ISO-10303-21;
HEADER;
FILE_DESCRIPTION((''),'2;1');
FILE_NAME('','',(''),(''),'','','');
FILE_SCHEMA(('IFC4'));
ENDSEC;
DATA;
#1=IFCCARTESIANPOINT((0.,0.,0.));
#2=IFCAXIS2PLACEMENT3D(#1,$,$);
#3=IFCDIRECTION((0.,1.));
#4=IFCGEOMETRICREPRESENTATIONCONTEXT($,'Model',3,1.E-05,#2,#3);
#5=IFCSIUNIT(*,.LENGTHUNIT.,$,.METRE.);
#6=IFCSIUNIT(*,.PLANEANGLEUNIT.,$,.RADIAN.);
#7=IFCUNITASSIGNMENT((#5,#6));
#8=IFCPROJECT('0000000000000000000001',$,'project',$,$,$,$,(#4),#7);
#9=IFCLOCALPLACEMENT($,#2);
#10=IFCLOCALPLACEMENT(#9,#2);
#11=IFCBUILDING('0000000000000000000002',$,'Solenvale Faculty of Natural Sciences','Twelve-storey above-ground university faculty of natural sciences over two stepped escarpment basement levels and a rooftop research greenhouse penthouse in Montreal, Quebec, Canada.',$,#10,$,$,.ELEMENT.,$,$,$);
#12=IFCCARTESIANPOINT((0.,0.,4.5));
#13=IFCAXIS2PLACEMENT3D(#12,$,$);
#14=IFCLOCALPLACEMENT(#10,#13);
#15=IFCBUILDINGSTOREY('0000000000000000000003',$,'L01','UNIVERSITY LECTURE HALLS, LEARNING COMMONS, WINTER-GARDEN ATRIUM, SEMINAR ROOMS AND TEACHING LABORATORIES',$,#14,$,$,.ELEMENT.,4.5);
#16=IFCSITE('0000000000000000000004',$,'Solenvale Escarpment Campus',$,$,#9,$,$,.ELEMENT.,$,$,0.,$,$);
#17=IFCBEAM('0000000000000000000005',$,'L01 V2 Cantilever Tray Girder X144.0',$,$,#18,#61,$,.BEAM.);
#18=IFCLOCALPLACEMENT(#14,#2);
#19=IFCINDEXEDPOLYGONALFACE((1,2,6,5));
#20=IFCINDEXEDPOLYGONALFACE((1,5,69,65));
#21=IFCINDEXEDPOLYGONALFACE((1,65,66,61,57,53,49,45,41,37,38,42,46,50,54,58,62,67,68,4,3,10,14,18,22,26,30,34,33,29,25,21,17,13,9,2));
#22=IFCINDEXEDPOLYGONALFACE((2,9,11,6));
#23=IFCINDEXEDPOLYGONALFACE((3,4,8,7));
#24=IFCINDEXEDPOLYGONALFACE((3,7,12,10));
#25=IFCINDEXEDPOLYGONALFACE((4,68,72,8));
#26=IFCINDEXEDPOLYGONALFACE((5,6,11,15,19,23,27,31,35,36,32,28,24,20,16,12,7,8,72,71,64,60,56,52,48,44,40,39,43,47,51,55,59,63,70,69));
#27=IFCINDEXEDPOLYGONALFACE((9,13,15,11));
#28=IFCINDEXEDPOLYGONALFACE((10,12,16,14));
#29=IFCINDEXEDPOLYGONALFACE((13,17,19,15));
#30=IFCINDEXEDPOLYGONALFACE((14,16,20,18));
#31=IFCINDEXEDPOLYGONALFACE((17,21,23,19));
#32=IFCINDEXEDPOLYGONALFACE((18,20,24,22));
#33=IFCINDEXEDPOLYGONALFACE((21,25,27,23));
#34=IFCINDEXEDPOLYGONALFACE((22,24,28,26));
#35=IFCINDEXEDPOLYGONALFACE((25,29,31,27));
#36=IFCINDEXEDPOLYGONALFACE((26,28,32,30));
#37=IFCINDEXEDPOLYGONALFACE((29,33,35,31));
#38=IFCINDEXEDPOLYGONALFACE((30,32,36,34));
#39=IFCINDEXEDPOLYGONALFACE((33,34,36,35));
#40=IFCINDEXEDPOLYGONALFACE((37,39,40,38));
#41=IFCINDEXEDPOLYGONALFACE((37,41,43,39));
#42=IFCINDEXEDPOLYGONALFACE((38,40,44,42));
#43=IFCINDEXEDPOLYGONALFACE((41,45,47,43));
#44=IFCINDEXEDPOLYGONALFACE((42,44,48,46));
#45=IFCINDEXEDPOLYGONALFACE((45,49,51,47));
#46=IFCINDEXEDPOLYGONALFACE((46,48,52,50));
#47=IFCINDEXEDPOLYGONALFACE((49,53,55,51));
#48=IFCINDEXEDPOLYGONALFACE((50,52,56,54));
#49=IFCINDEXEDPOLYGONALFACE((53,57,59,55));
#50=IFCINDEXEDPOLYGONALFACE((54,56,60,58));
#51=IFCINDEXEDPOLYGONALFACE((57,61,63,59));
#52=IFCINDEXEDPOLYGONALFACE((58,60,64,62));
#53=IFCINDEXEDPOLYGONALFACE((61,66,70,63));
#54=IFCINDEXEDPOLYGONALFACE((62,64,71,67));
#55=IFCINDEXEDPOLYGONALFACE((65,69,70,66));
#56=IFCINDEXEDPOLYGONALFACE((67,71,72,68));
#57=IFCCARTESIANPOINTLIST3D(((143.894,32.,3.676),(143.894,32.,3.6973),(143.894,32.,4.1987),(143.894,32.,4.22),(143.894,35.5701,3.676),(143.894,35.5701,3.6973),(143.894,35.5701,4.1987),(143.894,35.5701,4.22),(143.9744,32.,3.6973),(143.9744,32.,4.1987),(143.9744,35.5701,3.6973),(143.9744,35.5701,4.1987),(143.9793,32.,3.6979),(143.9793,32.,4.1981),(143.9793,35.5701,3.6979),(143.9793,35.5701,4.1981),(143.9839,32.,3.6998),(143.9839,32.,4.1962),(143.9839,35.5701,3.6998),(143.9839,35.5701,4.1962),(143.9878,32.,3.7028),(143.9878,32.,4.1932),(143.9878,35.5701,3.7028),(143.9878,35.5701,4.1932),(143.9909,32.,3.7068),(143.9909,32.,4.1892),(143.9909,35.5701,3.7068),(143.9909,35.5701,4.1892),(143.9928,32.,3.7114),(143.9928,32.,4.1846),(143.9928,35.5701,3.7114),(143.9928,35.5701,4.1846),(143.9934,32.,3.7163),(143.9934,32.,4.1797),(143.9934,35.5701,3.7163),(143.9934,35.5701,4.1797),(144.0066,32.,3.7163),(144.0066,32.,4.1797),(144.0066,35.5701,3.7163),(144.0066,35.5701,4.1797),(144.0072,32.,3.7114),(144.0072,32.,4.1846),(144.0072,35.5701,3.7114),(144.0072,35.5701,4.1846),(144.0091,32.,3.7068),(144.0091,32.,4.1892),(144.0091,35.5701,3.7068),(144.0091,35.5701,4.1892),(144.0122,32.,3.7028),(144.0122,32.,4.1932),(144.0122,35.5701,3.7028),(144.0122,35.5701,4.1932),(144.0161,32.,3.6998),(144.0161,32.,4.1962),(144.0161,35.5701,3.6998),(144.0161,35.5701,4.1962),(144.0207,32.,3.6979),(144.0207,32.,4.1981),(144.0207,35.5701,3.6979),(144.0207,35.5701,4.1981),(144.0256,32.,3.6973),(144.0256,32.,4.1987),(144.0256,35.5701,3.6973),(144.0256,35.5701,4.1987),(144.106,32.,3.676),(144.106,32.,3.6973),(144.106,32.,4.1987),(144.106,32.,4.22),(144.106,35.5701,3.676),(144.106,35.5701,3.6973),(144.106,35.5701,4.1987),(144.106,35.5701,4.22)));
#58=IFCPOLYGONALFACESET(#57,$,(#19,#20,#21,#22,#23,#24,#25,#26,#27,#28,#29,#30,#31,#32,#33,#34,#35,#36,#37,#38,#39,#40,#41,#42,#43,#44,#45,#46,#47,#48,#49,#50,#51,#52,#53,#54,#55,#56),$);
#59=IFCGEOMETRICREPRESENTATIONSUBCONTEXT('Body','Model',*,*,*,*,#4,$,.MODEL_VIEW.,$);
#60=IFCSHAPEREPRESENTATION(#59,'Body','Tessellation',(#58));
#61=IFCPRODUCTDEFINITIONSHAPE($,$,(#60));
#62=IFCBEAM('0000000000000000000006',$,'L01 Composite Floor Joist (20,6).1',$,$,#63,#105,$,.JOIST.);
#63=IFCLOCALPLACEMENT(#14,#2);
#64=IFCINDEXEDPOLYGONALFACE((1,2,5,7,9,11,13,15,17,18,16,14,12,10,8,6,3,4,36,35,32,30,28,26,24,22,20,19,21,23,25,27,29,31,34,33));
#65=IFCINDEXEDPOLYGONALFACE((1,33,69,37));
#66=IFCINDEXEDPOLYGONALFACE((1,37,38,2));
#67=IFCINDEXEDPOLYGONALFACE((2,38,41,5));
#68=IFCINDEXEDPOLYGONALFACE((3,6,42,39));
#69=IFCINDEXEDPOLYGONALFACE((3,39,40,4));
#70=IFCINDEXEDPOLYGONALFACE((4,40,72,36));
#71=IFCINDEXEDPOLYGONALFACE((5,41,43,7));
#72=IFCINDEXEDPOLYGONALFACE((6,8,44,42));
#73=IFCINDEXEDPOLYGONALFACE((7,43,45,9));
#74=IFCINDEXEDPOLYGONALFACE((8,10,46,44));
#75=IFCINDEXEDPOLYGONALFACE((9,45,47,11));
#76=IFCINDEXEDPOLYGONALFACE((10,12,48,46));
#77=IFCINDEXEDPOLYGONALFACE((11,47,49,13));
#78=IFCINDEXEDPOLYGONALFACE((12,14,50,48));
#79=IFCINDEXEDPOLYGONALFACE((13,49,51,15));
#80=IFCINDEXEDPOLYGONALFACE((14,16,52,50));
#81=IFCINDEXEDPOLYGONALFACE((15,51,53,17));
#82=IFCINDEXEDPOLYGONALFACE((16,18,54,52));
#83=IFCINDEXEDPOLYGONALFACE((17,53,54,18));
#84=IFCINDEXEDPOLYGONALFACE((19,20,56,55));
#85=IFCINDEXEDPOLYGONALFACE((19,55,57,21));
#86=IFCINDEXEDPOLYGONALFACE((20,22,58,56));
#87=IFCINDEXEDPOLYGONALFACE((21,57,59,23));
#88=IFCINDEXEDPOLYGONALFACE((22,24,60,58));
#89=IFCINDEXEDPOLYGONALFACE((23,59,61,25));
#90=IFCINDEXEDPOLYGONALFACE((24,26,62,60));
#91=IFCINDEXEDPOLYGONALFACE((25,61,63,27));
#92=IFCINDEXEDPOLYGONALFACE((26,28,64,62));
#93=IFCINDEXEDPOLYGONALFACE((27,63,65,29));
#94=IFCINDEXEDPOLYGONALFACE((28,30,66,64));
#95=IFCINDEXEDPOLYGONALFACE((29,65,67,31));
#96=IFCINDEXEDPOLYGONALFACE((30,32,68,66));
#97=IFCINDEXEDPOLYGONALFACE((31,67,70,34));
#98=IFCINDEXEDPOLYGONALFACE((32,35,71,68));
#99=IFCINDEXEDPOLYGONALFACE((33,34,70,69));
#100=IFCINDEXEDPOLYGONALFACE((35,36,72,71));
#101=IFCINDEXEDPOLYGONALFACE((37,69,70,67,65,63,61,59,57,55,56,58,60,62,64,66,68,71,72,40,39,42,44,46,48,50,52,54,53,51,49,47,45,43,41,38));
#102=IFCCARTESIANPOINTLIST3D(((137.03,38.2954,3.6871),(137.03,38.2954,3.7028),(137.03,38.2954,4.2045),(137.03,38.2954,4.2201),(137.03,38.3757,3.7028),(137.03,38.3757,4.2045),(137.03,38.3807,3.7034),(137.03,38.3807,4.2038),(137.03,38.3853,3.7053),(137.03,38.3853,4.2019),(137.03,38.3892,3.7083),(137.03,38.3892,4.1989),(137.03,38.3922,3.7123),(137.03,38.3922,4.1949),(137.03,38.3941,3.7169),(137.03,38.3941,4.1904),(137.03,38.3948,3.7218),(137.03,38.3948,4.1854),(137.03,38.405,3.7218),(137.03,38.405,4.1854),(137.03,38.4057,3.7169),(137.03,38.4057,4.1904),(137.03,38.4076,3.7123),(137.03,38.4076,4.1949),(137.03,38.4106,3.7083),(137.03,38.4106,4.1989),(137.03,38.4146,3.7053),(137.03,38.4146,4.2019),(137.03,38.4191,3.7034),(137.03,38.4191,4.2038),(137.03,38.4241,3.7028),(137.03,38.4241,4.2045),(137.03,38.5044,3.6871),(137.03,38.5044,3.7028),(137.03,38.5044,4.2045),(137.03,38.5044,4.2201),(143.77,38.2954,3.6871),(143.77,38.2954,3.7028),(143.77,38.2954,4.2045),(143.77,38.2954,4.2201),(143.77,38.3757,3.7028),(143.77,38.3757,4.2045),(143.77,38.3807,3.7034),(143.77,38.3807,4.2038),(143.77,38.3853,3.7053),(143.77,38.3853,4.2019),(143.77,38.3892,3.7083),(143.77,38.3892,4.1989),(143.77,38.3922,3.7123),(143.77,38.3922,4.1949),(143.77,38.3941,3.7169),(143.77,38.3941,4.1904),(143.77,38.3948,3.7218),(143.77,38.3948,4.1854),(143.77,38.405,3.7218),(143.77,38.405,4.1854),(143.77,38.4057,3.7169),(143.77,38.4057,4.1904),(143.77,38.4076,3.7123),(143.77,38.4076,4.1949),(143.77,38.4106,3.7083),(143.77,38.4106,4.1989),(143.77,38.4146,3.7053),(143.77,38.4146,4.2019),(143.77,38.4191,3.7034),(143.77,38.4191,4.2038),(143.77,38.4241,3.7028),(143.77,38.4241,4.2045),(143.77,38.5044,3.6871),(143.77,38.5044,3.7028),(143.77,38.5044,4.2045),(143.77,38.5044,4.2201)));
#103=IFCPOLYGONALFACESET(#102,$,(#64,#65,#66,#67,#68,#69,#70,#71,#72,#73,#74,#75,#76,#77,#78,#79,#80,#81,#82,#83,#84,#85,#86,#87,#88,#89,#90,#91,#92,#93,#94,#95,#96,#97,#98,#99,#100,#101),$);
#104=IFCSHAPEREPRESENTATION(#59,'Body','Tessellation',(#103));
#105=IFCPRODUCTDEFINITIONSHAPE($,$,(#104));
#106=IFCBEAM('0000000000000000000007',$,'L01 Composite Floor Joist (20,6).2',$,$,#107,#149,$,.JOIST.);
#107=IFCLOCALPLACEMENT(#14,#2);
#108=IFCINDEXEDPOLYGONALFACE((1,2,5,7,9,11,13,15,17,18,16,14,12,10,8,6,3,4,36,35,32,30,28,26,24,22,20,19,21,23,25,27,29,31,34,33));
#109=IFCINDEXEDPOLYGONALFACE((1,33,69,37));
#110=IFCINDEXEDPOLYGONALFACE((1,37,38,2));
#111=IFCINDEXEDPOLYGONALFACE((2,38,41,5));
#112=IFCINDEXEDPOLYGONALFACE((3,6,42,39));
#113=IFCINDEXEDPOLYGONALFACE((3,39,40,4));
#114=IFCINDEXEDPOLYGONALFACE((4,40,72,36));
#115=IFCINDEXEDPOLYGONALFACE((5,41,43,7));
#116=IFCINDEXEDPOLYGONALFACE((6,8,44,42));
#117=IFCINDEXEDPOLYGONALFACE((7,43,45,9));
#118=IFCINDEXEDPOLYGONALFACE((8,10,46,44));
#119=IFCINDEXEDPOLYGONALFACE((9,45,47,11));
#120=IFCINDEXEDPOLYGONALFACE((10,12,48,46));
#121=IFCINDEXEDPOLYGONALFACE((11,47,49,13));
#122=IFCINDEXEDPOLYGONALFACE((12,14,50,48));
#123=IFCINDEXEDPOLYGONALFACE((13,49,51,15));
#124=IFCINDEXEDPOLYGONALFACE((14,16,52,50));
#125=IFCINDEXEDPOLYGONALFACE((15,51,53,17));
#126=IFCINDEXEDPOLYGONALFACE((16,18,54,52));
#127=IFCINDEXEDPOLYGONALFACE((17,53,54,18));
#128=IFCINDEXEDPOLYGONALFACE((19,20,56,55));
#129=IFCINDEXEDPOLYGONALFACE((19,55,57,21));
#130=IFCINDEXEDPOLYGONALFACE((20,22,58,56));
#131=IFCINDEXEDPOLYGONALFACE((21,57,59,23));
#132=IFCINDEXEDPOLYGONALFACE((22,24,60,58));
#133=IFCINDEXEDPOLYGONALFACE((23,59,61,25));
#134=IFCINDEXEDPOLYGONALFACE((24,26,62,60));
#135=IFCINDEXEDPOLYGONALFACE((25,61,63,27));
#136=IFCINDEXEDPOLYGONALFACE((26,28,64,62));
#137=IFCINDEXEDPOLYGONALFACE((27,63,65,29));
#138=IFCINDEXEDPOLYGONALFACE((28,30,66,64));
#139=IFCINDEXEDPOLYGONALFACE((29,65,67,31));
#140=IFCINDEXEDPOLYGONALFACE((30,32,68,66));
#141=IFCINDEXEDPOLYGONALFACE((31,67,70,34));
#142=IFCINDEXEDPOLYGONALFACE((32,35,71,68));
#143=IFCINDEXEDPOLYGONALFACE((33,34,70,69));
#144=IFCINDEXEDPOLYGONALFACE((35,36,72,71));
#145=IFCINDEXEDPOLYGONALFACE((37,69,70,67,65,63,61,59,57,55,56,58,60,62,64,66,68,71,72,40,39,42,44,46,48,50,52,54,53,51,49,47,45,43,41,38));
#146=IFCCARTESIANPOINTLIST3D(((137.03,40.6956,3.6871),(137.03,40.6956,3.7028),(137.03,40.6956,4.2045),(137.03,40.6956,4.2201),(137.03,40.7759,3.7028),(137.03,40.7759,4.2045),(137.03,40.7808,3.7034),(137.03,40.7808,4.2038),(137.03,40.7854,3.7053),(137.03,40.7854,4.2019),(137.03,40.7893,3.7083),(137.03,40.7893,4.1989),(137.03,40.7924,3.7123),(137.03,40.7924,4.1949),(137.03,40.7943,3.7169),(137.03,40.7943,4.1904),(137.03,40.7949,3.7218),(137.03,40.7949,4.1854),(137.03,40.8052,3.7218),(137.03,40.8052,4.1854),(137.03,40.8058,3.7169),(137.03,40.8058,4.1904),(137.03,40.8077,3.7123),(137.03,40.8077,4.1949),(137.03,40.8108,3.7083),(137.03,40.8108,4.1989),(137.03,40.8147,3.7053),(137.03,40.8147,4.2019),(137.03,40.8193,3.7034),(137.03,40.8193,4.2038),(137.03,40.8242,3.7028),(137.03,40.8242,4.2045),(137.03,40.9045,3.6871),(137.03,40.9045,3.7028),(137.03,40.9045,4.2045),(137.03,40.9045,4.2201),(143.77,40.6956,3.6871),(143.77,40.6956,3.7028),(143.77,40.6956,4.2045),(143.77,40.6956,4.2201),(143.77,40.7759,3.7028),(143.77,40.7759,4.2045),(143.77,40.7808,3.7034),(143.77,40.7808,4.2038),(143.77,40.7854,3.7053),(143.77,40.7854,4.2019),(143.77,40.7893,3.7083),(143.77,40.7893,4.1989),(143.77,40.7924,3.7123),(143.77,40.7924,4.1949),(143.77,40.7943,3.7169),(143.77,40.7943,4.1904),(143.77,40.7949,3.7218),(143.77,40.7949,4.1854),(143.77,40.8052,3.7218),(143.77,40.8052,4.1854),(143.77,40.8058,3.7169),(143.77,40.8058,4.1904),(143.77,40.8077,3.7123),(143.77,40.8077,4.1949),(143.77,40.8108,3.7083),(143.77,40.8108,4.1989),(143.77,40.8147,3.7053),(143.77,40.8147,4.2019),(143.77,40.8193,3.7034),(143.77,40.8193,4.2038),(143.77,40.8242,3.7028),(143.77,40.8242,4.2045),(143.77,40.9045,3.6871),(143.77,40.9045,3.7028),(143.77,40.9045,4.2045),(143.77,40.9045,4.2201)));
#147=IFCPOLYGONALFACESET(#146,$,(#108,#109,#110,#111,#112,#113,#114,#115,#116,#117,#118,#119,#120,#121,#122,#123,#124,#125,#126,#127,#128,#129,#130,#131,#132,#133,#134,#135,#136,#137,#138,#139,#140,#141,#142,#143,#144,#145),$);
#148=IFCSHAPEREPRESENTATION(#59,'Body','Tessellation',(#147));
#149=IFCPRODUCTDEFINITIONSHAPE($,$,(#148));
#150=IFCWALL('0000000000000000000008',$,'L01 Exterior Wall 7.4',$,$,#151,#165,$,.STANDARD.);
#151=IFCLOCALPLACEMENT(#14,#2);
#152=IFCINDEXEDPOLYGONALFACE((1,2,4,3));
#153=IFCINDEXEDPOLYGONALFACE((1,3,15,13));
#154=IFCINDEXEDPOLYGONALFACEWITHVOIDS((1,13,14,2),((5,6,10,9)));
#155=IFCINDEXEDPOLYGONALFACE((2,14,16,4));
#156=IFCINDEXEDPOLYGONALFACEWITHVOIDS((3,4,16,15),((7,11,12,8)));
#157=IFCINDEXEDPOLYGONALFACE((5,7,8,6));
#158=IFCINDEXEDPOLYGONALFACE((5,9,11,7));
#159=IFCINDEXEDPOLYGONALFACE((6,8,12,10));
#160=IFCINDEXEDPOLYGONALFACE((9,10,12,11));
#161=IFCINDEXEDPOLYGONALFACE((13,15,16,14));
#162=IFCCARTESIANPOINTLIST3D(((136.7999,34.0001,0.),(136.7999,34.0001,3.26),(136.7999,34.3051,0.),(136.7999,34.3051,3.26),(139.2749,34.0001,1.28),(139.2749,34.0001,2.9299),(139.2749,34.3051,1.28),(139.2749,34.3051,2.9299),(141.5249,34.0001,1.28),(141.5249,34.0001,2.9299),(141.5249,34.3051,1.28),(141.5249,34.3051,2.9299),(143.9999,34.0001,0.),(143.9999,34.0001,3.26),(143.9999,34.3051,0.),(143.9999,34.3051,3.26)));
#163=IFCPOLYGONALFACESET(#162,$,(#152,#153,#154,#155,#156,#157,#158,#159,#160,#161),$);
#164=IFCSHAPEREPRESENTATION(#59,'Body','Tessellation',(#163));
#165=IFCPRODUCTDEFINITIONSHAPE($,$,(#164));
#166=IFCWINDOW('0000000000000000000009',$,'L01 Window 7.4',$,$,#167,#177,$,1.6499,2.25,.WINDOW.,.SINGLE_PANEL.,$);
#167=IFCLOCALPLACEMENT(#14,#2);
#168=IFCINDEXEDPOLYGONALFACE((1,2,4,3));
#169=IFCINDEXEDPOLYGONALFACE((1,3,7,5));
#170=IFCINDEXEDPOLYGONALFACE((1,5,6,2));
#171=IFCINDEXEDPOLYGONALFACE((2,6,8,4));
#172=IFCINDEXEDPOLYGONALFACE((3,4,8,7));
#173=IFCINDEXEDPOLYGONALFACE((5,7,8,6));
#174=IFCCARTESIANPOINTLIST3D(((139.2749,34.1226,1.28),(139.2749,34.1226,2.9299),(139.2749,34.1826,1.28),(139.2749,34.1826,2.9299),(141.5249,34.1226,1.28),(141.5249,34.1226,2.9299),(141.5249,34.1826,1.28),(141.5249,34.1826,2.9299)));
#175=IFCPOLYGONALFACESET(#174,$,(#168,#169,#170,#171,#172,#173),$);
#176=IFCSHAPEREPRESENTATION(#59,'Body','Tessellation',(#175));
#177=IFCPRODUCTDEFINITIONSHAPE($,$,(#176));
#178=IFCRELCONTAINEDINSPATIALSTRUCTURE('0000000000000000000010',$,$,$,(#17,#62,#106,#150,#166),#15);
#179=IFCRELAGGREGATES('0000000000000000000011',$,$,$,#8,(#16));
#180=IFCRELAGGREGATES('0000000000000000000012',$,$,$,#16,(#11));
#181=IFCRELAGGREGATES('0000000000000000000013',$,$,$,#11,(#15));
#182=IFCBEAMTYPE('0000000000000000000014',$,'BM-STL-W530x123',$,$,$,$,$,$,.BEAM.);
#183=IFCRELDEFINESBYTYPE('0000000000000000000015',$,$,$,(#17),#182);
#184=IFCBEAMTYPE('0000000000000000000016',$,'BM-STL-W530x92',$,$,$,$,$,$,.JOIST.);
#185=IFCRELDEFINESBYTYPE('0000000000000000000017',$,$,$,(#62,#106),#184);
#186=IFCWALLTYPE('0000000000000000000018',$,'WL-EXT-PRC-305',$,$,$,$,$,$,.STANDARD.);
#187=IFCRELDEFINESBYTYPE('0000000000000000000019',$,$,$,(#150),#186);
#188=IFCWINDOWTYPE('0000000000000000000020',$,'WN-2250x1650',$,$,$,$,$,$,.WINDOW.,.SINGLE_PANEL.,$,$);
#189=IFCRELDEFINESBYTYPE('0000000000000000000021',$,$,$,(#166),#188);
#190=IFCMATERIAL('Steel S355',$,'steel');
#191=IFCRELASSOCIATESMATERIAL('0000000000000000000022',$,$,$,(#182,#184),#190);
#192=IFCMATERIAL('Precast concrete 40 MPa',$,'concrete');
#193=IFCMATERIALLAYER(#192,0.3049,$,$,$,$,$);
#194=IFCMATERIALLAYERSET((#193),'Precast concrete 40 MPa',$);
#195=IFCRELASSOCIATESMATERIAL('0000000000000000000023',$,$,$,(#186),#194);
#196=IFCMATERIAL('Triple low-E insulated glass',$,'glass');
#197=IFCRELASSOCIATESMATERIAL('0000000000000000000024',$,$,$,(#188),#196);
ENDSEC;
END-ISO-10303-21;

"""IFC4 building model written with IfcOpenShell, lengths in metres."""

from ifc_helpers import new_model, si_unit, direction, frame, frame_2d, origin, origin_2d, place, context, subcontext, project, spatial, rectangle, i_section, extrude, material, layer, layer_set, material_profile, profile_set, type_object, element, fill, save


model = new_model("IFC4")

# Units and contexts
model_context = context("Model", 3, precision=1e-05, world=origin(), true_north=direction((0.0, 1.0)))
body_context = subcontext(model_context, "Body", "Model", "MODEL_VIEW")
ifc_project = project(units=[si_unit("LENGTHUNIT", "METRE"), si_unit("PLANEANGLEUNIT", "RADIAN")], contexts=[model_context])

# Site, building, storey
site_placement = place(None, origin())
site = spatial("IfcSite", under=ifc_project, at=site_placement, Name="Solenvale Escarpment Campus", CompositionType="ELEMENT", RefElevation=0.0)
building_placement = place(site_placement, origin())
building = spatial("IfcBuilding", under=site, at=building_placement, Name="Solenvale Faculty of Natural Sciences", Description="Twelve-storey above-ground university faculty of natural sciences over two stepped escarpment basement levels and a rooftop research greenhouse penthouse in Montreal, Quebec, Canada.", CompositionType="ELEMENT")
storey_placement = place(building_placement, frame((0.0, 0.0, 4.5)))
storey = spatial("IfcBuildingStorey", under=building, at=storey_placement, Name="L01", Description="UNIVERSITY LECTURE HALLS, LEARNING COMMONS, WINTER-GARDEN ATRIUM, SEMINAR ROOMS AND TEACHING LABORATORIES", CompositionType="ELEMENT", Elevation=4.5)

# Beams
ifc_material_1 = material(Name="Steel S355", Category="steel")
ifc_material_profile_1 = material_profile(ifc_material_1, i_section(OverallWidth=0.2119, OverallDepth=0.5439, WebThickness=0.0132, FlangeThickness=0.0212, FilletRadius=0.019, at=origin_2d()), Name="W530x123")
ifc_profile_set_1 = profile_set([ifc_material_profile_1], Name="Steel S355")
beam_type_1 = type_object("IfcBeamType", Name="BM-STL-W530x123", PredefinedType="BEAM", material=ifc_profile_set_1)
for number, where, z_axis, x_axis, name in (
    (1, (144.0, 35.5701, 3.948), (0.0, -1.0, 0.0), (1.0, 0.0, 0.0), "L01 V2 Cantilever Tray Girder X144.0"),
):
    element("IfcBeam", number, at=place(storey_placement, frame(where, z_axis=z_axis, x_axis=x_axis)), inside=storey, type_object=beam_type_1, Name=name, PredefinedType="BEAM", context=body_context, shape_type="SweptSolid", body=[
        extrude(i_section(OverallWidth=0.2119, OverallDepth=0.5439, WebThickness=0.0132, FlangeThickness=0.0212, FilletRadius=0.019, at=origin_2d()), origin(), (0.0, 0.0, 1.0), 3.5701),
    ])
ifc_material_profile_2 = material_profile(ifc_material_1, i_section(OverallWidth=0.209, OverallDepth=0.533, WebThickness=0.0103, FlangeThickness=0.0156, FilletRadius=0.019, at=origin_2d()), Name="W530x92")
ifc_profile_set_2 = profile_set([ifc_material_profile_2], Name="Steel S355")
beam_type_2 = type_object("IfcBeamType", Name="BM-STL-W530x92", PredefinedType="JOIST", material=ifc_profile_set_2)
for number, where, z_axis, x_axis, name in (
    (2, (137.03, 38.3999, 3.9536), (1.0, 0.0, 0.0), (0.0, 1.0, 0.0), "L01 Composite Floor Joist (20,6).1"),
    (3, (137.03, 40.8, 3.9536), (1.0, 0.0, 0.0), (0.0, 1.0, 0.0), "L01 Composite Floor Joist (20,6).2"),
):
    element("IfcBeam", number, at=place(storey_placement, frame(where, z_axis=z_axis, x_axis=x_axis)), inside=storey, type_object=beam_type_2, Name=name, PredefinedType="JOIST", context=body_context, shape_type="SweptSolid", body=[
        extrude(i_section(OverallWidth=0.209, OverallDepth=0.533, WebThickness=0.0103, FlangeThickness=0.0156, FilletRadius=0.019, at=origin_2d()), origin(), (0.0, 0.0, 1.0), 6.74),
    ])

# Wall, opening, window
ifc_material_2 = material(Name="Precast concrete 40 MPa", Category="concrete")
ifc_layer_1 = layer(ifc_material_2, 0.3049)
ifc_layer_set_1 = layer_set([ifc_layer_1], Name="Precast concrete 40 MPa")
wall_type_1 = type_object("IfcWallType", Name="WL-EXT-PRC-305", PredefinedType="STANDARD", material=ifc_layer_set_1)
wall_1_placement = place(storey_placement, frame((144.0, 34.1526, 0.0), z_axis=(0.0, 0.0, 1.0), x_axis=(-1.0, 0.0, 0.0)))
wall_1 = element("IfcWall", 4, at=wall_1_placement, inside=storey, type_object=wall_type_1, Name="L01 Exterior Wall 7.4", PredefinedType="STANDARD", context=body_context, shape_type="SweptSolid", body=[
    extrude(rectangle(XDim=7.2, YDim=0.3049, at=frame_2d((3.6001, 0.0))), origin(), (0.0, 0.0, 1.0), 3.26),
])
opening_1_placement = place(wall_1_placement, frame((2.4751, 0.0, 1.28)))
opening_1 = element("IfcOpeningElement", 5, at=opening_1_placement, cuts=wall_1, PredefinedType="OPENING", context=body_context, shape_type="SweptSolid", body=[
    extrude(rectangle(XDim=2.25, YDim=1.6499, at=frame_2d((1.125, 0.825))), frame((0.0, 0.1624, 0.0), z_axis=(0.0, -1.0, 0.0), x_axis=(1.0, 0.0, 0.0)), (0.0, 0.0, 1.0), 0.325),
])
ifc_material_3 = material(Name="Triple low-E insulated glass", Category="glass")
window_type_1 = type_object("IfcWindowType", Name="WN-2250x1650", PartitioningType="SINGLE_PANEL", PredefinedType="WINDOW", material=ifc_material_3)
window_1_placement = place(opening_1_placement, origin())
window_1 = element("IfcWindow", 6, at=window_1_placement, inside=storey, type_object=window_type_1, Name="L01 Window 7.4", OverallHeight=1.6499, OverallWidth=2.25, PartitioningType="SINGLE_PANEL", PredefinedType="WINDOW", context=body_context, shape_type="SweptSolid", body=[
    extrude(rectangle(XDim=2.25, YDim=1.6499, at=frame_2d((1.125, 0.825))), frame((0.0, 0.03, 0.0), z_axis=(0.0, -1.0, 0.0), x_axis=(1.0, 0.0, 0.0)), (0.0, 0.0, 1.0), 0.0601),
])
fill(opening_1, window_1)

save(model, "model.ifc")
